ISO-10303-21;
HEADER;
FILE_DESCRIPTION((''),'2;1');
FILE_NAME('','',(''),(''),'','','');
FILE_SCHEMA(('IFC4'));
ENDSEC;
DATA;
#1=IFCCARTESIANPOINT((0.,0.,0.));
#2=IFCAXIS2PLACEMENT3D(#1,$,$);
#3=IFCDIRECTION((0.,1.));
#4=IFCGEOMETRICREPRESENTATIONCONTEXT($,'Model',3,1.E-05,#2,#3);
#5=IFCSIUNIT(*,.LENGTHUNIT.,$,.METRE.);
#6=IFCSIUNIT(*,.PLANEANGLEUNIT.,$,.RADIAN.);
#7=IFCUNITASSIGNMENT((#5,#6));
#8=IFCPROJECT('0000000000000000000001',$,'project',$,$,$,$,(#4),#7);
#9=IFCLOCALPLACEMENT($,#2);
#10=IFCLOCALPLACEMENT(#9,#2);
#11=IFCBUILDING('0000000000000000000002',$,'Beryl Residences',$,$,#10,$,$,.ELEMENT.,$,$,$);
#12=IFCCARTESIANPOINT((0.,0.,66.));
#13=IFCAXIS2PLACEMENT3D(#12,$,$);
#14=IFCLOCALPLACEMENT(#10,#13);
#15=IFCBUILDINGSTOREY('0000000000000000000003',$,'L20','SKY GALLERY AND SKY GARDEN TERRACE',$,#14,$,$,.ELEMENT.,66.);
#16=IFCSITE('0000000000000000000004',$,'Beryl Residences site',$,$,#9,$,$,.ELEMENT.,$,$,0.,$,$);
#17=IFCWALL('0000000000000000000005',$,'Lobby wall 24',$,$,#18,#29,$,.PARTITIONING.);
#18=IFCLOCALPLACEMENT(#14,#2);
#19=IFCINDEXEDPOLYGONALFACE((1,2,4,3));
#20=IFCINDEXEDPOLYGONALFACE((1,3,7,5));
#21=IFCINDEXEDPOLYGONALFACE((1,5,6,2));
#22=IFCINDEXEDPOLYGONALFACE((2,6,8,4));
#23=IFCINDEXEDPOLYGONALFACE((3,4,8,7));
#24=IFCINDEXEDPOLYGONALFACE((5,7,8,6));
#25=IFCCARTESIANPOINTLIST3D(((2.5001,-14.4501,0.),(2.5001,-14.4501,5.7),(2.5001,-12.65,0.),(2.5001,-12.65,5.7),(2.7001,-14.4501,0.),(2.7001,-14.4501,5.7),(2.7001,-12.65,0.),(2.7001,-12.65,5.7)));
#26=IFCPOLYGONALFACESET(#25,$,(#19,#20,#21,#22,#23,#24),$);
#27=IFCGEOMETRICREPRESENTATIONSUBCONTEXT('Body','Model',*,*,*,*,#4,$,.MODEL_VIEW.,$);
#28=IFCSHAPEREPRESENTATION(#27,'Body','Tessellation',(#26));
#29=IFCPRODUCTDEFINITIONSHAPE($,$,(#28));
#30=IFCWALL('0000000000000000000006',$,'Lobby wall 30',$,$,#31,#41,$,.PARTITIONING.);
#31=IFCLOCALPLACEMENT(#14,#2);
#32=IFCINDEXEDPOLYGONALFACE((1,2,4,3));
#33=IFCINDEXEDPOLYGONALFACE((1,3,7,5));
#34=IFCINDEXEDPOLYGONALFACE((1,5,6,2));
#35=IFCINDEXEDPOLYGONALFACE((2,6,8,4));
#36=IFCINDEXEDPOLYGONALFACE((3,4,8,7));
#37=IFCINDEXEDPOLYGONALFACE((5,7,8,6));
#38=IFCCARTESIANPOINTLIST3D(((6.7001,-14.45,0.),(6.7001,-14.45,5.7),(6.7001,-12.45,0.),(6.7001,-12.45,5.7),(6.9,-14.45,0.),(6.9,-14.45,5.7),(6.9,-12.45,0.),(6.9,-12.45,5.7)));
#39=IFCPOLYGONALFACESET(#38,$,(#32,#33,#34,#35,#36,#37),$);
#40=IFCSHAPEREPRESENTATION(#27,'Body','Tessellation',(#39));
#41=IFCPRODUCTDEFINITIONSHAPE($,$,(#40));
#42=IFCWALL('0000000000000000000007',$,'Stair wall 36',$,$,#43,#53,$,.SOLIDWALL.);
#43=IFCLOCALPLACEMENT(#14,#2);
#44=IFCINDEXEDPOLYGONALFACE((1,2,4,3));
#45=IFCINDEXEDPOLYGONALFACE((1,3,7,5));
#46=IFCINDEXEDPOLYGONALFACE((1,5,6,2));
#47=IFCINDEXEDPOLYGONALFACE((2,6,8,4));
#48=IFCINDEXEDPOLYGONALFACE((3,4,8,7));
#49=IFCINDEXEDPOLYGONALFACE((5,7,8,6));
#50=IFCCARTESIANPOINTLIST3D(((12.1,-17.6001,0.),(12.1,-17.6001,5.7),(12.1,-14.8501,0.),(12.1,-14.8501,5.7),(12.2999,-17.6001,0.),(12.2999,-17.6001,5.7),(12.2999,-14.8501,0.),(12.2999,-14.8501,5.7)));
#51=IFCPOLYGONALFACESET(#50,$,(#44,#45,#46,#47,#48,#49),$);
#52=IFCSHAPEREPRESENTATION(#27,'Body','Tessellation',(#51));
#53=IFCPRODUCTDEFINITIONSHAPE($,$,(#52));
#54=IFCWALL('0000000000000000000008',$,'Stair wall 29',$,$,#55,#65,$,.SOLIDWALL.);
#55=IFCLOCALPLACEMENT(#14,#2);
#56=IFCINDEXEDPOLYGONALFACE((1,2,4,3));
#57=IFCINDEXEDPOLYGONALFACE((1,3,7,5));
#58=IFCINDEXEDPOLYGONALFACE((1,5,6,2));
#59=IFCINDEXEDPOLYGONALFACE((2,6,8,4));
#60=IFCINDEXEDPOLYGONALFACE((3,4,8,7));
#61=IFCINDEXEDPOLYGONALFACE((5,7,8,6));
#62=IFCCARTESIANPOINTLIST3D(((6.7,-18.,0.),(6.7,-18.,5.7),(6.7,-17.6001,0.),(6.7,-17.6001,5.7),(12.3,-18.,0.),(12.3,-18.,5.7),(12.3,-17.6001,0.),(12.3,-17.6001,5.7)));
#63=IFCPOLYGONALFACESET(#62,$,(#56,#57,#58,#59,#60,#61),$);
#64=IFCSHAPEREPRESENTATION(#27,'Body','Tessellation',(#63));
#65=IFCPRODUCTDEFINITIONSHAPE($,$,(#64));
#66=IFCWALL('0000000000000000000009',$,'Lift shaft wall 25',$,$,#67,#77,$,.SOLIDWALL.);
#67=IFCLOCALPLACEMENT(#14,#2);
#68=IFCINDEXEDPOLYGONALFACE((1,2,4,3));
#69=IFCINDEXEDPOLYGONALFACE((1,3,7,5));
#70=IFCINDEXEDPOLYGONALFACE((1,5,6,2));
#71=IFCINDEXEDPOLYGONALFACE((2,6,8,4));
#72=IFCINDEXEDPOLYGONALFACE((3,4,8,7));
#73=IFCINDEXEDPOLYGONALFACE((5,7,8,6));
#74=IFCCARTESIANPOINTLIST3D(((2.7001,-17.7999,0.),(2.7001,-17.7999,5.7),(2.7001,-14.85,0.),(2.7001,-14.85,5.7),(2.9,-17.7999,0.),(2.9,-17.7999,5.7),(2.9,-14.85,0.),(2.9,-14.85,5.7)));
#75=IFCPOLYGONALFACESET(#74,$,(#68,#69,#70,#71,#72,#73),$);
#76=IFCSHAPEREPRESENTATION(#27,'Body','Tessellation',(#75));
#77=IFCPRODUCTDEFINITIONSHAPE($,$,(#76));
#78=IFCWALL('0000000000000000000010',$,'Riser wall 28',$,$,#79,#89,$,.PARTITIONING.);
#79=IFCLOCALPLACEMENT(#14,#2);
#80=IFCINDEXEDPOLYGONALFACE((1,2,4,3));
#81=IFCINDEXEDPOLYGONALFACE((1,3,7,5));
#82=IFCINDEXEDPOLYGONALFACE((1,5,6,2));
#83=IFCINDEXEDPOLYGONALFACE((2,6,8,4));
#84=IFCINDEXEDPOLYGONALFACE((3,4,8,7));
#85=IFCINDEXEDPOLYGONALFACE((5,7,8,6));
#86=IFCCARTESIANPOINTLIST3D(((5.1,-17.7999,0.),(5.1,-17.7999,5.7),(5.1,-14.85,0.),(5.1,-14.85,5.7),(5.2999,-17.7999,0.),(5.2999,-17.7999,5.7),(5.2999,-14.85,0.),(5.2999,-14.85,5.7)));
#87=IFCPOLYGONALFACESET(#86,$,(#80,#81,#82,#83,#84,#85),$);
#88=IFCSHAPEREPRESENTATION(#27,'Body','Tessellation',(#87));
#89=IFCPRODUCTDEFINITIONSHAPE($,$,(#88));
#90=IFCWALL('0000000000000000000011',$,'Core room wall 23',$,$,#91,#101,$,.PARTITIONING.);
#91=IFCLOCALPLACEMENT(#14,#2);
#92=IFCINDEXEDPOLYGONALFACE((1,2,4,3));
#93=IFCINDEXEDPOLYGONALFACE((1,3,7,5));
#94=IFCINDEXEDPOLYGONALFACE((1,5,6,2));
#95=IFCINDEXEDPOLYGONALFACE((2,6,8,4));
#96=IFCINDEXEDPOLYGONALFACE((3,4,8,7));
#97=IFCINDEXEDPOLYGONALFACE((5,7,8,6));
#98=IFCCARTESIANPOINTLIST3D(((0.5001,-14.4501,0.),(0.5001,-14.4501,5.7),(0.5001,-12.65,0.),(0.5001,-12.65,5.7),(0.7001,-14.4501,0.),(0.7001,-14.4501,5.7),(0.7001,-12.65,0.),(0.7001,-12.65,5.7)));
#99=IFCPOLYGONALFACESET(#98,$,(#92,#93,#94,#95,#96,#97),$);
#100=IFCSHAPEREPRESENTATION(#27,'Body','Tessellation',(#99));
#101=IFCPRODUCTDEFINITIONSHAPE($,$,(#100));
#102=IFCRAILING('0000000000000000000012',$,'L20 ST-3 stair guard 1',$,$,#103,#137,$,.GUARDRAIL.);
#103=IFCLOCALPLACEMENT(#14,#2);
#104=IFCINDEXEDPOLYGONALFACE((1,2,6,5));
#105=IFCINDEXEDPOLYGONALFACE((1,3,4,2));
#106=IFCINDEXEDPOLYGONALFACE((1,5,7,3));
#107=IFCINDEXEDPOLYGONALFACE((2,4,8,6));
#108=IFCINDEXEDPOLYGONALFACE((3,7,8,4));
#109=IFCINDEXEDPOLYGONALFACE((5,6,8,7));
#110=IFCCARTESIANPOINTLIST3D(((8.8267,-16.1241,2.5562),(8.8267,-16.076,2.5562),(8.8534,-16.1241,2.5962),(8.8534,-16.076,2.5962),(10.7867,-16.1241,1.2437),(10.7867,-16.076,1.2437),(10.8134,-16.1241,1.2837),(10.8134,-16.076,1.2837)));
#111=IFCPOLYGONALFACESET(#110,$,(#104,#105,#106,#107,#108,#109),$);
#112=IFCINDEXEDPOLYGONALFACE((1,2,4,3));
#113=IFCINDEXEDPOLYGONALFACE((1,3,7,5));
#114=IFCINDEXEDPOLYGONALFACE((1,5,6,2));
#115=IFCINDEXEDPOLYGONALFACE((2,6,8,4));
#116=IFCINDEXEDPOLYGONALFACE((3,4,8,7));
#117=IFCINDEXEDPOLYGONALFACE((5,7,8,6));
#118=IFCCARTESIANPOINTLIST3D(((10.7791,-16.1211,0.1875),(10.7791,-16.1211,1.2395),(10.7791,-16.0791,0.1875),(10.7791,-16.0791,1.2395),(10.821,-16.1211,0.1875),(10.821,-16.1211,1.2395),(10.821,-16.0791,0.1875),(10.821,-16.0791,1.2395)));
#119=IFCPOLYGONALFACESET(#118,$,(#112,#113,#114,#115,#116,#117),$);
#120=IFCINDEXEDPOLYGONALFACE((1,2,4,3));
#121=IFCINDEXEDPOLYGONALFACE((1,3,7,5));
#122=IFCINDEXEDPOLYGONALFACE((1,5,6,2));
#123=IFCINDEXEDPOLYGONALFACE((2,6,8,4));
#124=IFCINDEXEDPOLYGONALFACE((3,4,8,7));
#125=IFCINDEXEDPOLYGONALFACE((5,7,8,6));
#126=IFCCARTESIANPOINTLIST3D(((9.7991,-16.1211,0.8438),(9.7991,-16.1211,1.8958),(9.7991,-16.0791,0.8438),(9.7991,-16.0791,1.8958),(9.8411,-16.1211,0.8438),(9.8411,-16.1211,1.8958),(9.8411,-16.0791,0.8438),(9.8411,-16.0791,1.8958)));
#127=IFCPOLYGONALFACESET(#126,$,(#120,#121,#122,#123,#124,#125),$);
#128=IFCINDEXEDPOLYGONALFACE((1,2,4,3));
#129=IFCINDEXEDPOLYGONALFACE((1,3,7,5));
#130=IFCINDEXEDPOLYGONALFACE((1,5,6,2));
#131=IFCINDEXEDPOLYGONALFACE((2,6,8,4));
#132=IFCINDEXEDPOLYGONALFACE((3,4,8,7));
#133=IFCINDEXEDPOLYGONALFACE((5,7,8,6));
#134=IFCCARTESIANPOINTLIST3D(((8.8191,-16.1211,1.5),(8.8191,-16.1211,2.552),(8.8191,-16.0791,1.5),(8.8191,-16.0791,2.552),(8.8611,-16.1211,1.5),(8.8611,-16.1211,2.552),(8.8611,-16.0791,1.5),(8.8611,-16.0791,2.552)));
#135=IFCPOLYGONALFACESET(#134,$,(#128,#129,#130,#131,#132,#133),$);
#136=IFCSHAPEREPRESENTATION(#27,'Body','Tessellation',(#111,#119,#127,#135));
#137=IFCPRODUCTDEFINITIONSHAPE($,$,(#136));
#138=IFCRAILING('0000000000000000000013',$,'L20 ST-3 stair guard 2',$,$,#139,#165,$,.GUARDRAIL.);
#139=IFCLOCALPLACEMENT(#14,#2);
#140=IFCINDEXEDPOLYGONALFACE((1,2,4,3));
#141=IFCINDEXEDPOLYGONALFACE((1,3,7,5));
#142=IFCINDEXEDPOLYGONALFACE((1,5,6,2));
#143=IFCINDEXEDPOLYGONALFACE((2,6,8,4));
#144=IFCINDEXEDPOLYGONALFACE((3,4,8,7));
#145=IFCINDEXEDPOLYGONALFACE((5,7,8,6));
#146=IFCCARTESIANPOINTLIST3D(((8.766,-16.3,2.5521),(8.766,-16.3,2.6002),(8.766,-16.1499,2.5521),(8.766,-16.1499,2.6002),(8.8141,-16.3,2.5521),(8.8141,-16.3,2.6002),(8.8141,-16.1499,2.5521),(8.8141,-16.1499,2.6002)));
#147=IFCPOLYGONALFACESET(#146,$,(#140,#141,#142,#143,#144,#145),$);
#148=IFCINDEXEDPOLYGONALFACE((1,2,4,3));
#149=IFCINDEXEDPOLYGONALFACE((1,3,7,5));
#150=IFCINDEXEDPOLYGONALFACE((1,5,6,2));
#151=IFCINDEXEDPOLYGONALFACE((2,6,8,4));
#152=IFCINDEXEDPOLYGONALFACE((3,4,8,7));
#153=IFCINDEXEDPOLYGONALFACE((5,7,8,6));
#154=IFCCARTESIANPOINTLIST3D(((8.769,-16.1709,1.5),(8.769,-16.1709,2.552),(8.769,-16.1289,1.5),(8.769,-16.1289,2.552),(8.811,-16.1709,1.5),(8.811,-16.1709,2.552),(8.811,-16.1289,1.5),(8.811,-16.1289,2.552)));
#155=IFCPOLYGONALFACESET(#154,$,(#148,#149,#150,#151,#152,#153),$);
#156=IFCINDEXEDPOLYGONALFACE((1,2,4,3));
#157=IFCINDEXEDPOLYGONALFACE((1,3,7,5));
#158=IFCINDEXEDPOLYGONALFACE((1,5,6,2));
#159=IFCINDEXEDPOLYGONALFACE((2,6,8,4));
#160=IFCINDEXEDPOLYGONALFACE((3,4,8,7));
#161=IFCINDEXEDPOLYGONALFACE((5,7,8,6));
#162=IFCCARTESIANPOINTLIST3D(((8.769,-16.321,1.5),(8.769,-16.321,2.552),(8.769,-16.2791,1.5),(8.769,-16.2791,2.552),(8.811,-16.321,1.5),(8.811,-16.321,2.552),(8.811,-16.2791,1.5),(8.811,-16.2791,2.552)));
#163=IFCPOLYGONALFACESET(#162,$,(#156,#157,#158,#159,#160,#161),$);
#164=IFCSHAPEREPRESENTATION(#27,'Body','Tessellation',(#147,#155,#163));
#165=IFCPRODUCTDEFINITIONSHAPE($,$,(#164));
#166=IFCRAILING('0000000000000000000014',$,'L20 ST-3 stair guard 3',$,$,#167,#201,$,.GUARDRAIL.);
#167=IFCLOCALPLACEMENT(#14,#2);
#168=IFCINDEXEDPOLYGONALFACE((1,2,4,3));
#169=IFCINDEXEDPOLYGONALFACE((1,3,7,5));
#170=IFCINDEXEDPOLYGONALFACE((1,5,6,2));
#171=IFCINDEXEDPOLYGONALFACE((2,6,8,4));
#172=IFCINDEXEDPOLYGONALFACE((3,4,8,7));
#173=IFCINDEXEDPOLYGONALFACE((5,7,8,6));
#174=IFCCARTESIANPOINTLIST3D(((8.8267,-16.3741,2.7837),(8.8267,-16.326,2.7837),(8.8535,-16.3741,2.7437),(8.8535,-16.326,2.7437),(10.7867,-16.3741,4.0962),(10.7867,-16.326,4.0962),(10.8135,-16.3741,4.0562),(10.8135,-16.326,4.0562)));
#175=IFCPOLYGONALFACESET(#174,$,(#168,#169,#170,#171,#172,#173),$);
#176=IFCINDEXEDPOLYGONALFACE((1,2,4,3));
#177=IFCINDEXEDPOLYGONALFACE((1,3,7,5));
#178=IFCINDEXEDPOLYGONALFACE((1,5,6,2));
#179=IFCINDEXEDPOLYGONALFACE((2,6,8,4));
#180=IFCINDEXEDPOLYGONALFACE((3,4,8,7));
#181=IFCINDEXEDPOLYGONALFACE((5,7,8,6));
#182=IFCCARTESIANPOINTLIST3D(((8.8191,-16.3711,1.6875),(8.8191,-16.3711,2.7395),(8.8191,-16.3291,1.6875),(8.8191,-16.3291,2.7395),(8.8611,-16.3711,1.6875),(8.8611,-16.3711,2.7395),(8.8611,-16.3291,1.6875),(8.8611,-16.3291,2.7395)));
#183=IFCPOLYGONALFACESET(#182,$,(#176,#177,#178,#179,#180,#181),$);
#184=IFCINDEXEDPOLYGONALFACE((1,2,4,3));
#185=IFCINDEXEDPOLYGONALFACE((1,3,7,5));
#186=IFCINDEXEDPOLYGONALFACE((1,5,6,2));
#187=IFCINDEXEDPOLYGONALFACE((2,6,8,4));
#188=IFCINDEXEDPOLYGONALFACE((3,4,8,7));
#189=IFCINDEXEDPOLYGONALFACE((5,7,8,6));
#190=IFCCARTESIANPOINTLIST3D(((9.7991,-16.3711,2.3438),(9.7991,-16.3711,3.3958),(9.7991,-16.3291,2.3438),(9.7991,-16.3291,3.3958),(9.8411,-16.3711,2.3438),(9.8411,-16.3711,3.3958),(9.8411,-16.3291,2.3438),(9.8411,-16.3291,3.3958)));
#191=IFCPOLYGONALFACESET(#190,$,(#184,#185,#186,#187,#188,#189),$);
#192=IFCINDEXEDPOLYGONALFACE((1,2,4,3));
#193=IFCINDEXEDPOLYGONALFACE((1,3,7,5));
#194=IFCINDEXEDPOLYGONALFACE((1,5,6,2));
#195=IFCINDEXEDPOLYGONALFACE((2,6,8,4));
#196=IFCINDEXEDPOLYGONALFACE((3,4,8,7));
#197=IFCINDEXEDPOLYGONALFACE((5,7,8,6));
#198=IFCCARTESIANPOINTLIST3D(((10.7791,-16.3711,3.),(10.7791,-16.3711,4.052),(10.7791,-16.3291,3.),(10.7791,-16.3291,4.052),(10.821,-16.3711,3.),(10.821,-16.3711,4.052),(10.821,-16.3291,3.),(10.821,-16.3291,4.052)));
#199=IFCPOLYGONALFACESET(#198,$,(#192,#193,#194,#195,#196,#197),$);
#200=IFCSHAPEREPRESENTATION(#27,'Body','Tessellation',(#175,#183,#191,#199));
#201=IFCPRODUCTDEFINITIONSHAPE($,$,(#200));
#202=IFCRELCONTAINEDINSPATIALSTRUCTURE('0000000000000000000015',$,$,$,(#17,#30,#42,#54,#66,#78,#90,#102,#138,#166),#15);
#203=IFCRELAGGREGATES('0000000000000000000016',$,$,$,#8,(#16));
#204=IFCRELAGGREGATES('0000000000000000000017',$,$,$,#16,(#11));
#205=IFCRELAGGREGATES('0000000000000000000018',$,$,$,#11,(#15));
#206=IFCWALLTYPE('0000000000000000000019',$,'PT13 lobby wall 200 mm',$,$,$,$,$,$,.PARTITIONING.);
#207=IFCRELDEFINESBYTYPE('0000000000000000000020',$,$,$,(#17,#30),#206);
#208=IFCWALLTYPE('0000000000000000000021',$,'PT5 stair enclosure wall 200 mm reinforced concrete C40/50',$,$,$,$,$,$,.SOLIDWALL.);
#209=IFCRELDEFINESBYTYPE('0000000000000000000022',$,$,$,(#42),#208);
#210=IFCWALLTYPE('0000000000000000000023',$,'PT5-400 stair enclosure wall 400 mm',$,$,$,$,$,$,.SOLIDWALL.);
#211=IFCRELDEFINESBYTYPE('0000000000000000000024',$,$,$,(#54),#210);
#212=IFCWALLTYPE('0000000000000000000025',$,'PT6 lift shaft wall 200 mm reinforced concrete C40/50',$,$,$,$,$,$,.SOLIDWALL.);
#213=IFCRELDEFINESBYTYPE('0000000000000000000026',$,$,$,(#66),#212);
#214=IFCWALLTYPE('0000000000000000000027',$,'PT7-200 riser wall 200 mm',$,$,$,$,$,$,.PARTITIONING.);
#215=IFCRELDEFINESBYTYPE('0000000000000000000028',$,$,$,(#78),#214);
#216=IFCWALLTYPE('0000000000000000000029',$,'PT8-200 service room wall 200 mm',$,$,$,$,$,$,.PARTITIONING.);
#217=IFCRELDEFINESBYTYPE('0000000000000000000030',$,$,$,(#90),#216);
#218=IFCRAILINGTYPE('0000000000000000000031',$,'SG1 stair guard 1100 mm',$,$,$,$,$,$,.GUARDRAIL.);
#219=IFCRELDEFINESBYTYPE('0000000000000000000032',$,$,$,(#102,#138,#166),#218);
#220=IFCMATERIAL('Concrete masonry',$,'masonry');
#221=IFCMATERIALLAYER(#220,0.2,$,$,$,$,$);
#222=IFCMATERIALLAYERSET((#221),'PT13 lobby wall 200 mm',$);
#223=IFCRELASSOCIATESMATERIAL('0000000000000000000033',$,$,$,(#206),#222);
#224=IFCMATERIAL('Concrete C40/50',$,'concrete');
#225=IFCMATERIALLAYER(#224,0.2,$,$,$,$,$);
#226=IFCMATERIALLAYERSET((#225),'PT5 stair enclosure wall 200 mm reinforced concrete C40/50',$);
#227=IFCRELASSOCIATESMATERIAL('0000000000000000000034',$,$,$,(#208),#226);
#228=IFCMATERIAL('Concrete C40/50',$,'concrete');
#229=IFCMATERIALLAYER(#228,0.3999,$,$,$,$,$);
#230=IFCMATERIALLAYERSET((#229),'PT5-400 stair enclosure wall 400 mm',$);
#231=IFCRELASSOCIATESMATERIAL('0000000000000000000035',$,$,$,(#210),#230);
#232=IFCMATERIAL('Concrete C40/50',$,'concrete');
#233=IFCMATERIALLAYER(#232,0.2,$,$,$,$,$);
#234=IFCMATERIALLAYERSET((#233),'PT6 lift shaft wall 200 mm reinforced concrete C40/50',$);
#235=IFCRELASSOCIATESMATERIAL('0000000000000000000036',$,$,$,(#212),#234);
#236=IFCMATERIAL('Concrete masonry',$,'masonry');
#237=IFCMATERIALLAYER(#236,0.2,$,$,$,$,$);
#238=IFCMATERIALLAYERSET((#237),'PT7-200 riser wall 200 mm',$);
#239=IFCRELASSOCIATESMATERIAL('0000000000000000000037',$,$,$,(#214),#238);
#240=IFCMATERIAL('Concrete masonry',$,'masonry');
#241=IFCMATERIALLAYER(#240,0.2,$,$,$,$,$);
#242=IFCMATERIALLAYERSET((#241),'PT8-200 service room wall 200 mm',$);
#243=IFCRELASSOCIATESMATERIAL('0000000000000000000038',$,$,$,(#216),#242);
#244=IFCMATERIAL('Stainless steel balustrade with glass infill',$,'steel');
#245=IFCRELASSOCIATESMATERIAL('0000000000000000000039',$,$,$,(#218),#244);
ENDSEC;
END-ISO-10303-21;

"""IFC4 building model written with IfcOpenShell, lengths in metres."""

from ifc_helpers import new_model, si_unit, direction, frame, frame_2d, origin, origin_2d, place, context, subcontext, project, spatial, rectangle, extrude, material, layer, layer_set, type_object, element, save


model = new_model("IFC4")

# Units and contexts
model_context = context("Model", 3, precision=1e-05, world=origin(), true_north=direction((0.0, 1.0)))
body_context = subcontext(model_context, "Body", "Model", "MODEL_VIEW")
ifc_project = project(units=[si_unit("LENGTHUNIT", "METRE"), si_unit("PLANEANGLEUNIT", "RADIAN")], contexts=[model_context])

# Site, building, storey
site_placement = place(None, origin())
site = spatial("IfcSite", under=ifc_project, at=site_placement, Name="Beryl Residences site", CompositionType="ELEMENT", RefElevation=0.0)
building_placement = place(site_placement, origin())
building = spatial("IfcBuilding", under=site, at=building_placement, Name="Beryl Residences", CompositionType="ELEMENT")
storey_placement = place(building_placement, frame((0.0, 0.0, 66.0)))
storey = spatial("IfcBuildingStorey", under=building, at=storey_placement, Name="L20", Description="SKY GALLERY AND SKY GARDEN TERRACE", CompositionType="ELEMENT", Elevation=66.0)

# Walls
ifc_material_1 = material(Name="Concrete masonry", Category="masonry")
ifc_layer_1 = layer(ifc_material_1, 0.2)
ifc_layer_set_1 = layer_set([ifc_layer_1], Name="PT13 lobby wall 200 mm")
wall_type_1 = type_object("IfcWallType", Name="PT13 lobby wall 200 mm", PredefinedType="PARTITIONING", material=ifc_layer_set_1)
wall_1_placement = place(storey_placement, frame((2.6001, -14.45, 0.0), z_axis=(0.0, 0.0, 1.0), x_axis=(0.0, 1.0, 0.0)))
element("IfcWall", 1, at=wall_1_placement, inside=storey, type_object=wall_type_1, Name="Lobby wall 24", PredefinedType="PARTITIONING", context=body_context, shape_type="SweptSolid", body=[
    extrude(rectangle(XDim=1.8, YDim=0.2, at=frame_2d((0.8999, 0.0))), origin(), (0.0, 0.0, 1.0), 5.7),
])
wall_2_placement = place(storey_placement, frame((6.8, -14.45, 0.0), z_axis=(0.0, 0.0, 1.0), x_axis=(0.0, 1.0, 0.0)))
element("IfcWall", 2, at=wall_2_placement, inside=storey, type_object=wall_type_1, Name="Lobby wall 30", PredefinedType="PARTITIONING", context=body_context, shape_type="SweptSolid", body=[
    extrude(rectangle(XDim=2.0, YDim=0.2, at=frame_2d((1.0, 0.0))), origin(), (0.0, 0.0, 1.0), 5.7),
])
ifc_material_2 = material(Name="Concrete C40/50", Category="concrete")
ifc_layer_2 = layer(ifc_material_2, 0.2)
ifc_layer_set_2 = layer_set([ifc_layer_2], Name="PT5 stair enclosure wall 200 mm reinforced concrete C40/50")
wall_type_2 = type_object("IfcWallType", Name="PT5 stair enclosure wall 200 mm reinforced concrete C40/50", PredefinedType="SOLIDWALL", material=ifc_layer_set_2)
wall_3_placement = place(storey_placement, frame((12.2, -17.6001, 0.0), z_axis=(0.0, 0.0, 1.0), x_axis=(0.0, 1.0, 0.0)))
element("IfcWall", 3, at=wall_3_placement, inside=storey, type_object=wall_type_2, Name="Stair wall 36", PredefinedType="SOLIDWALL", context=body_context, shape_type="SweptSolid", body=[
    extrude(rectangle(XDim=2.75, YDim=0.2, at=frame_2d((1.375, 0.0))), origin(), (0.0, 0.0, 1.0), 5.7),
])
ifc_material_3 = material(Name="Concrete C40/50", Category="concrete")
ifc_layer_3 = layer(ifc_material_3, 0.3999)
ifc_layer_set_3 = layer_set([ifc_layer_3], Name="PT5-400 stair enclosure wall 400 mm")
wall_type_3 = type_object("IfcWallType", Name="PT5-400 stair enclosure wall 400 mm", PredefinedType="SOLIDWALL", material=ifc_layer_set_3)
wall_4_placement = place(storey_placement, frame((6.7, -17.8, 0.0), z_axis=(0.0, 0.0, 1.0), x_axis=(1.0, 0.0, 0.0)))
element("IfcWall", 4, at=wall_4_placement, inside=storey, type_object=wall_type_3, Name="Stair wall 29", PredefinedType="SOLIDWALL", context=body_context, shape_type="SweptSolid", body=[
    extrude(rectangle(XDim=5.6001, YDim=0.3999, at=frame_2d((2.8, 0.0))), origin(), (0.0, 0.0, 1.0), 5.7),
])
ifc_material_4 = material(Name="Concrete C40/50", Category="concrete")
ifc_layer_4 = layer(ifc_material_4, 0.2)
ifc_layer_set_4 = layer_set([ifc_layer_4], Name="PT6 lift shaft wall 200 mm reinforced concrete C40/50")
wall_type_4 = type_object("IfcWallType", Name="PT6 lift shaft wall 200 mm reinforced concrete C40/50", PredefinedType="SOLIDWALL", material=ifc_layer_set_4)
wall_5_placement = place(storey_placement, frame((2.8, -17.8, 0.0), z_axis=(0.0, 0.0, 1.0), x_axis=(0.0, 1.0, 0.0)))
element("IfcWall", 5, at=wall_5_placement, inside=storey, type_object=wall_type_4, Name="Lift shaft wall 25", PredefinedType="SOLIDWALL", context=body_context, shape_type="SweptSolid", body=[
    extrude(rectangle(XDim=2.95, YDim=0.2, at=frame_2d((1.4751, 0.0))), origin(), (0.0, 0.0, 1.0), 5.7),
])
ifc_material_5 = material(Name="Concrete masonry", Category="masonry")
ifc_layer_5 = layer(ifc_material_5, 0.2)
ifc_layer_set_5 = layer_set([ifc_layer_5], Name="PT7-200 riser wall 200 mm")
wall_type_5 = type_object("IfcWallType", Name="PT7-200 riser wall 200 mm", PredefinedType="PARTITIONING", material=ifc_layer_set_5)
wall_6_placement = place(storey_placement, frame((5.2, -17.8, 0.0), z_axis=(0.0, 0.0, 1.0), x_axis=(0.0, 1.0, 0.0)))
element("IfcWall", 6, at=wall_6_placement, inside=storey, type_object=wall_type_5, Name="Riser wall 28", PredefinedType="PARTITIONING", context=body_context, shape_type="SweptSolid", body=[
    extrude(rectangle(XDim=2.95, YDim=0.2, at=frame_2d((1.4751, 0.0))), origin(), (0.0, 0.0, 1.0), 5.7),
])
ifc_material_6 = material(Name="Concrete masonry", Category="masonry")
ifc_layer_6 = layer(ifc_material_6, 0.2)
ifc_layer_set_6 = layer_set([ifc_layer_6], Name="PT8-200 service room wall 200 mm")
wall_type_6 = type_object("IfcWallType", Name="PT8-200 service room wall 200 mm", PredefinedType="PARTITIONING", material=ifc_layer_set_6)
wall_7_placement = place(storey_placement, frame((0.6001, -14.45, 0.0), z_axis=(0.0, 0.0, 1.0), x_axis=(0.0, 1.0, 0.0)))
element("IfcWall", 7, at=wall_7_placement, inside=storey, type_object=wall_type_6, Name="Core room wall 23", PredefinedType="PARTITIONING", context=body_context, shape_type="SweptSolid", body=[
    extrude(rectangle(XDim=1.8, YDim=0.2, at=frame_2d((0.8999, 0.0))), origin(), (0.0, 0.0, 1.0), 5.7),
])

# Railings
ifc_material_7 = material(Name="Stainless steel balustrade with glass infill", Category="steel")
railing_type_1 = type_object("IfcRailingType", Name="SG1 stair guard 1100 mm", PredefinedType="GUARDRAIL", material=ifc_material_7)
railing_1_placement = place(storey_placement, frame((10.8, -16.1001, 0.1875)))
element("IfcRailing", 8, at=railing_1_placement, inside=storey, type_object=railing_type_1, Name="L20 ST-3 stair guard 1", PredefinedType="GUARDRAIL", context=body_context, shape_type="SweptSolid", body=[
    extrude(rectangle(XDim=0.0481, YDim=0.0481, at=origin_2d()), frame((0.0, 0.0, 1.0762), z_axis=(-0.830902, 0.0, 0.556419), x_axis=(0.0, -1.0, 0.0)), (0.0, 0.0, 1.0), 2.3589),
    extrude(rectangle(XDim=0.042, YDim=0.042, at=origin_2d()), origin(), (0.0, 0.0, 1.0), 1.052),
    extrude(rectangle(XDim=0.042, YDim=0.042, at=origin_2d()), frame((-0.98, 0.0, 0.6562)), (0.0, 0.0, 1.0), 1.052),
    extrude(rectangle(XDim=0.042, YDim=0.042, at=origin_2d()), frame((-1.96, 0.0, 1.3125)), (0.0, 0.0, 1.0), 1.052),
])
railing_2_placement = place(storey_placement, frame((8.79, -16.1499, 1.5)))
element("IfcRailing", 9, at=railing_2_placement, inside=storey, type_object=railing_type_1, Name="L20 ST-3 stair guard 2", PredefinedType="GUARDRAIL", context=body_context, shape_type="SweptSolid", body=[
    extrude(rectangle(XDim=0.0481, YDim=0.0481, at=origin_2d()), frame((0.0, 0.0, 1.0762), z_axis=(0.0, -1.0, 0.0), x_axis=(1.0, 0.0, 0.0)), (0.0, 0.0, 1.0), 0.1501),
    extrude(rectangle(XDim=0.042, YDim=0.042, at=origin_2d()), origin(), (0.0, 0.0, 1.0), 1.052),
    extrude(rectangle(XDim=0.042, YDim=0.042, at=origin_2d()), frame((0.0, -0.1501, 0.0)), (0.0, 0.0, 1.0), 1.052),
])
railing_3_placement = place(storey_placement, frame((8.8401, -16.3501, 1.6875)))
element("IfcRailing", 10, at=railing_3_placement, inside=storey, type_object=railing_type_1, Name="L20 ST-3 stair guard 3", PredefinedType="GUARDRAIL", context=body_context, shape_type="SweptSolid", body=[
    extrude(rectangle(XDim=0.0481, YDim=0.0481, at=origin_2d()), frame((0.0, 0.0, 1.0762), z_axis=(0.830902, 0.0, 0.556419), x_axis=(0.0, 1.0, 0.0)), (0.0, 0.0, 1.0), 2.3589),
    extrude(rectangle(XDim=0.042, YDim=0.042, at=origin_2d()), origin(), (0.0, 0.0, 1.0), 1.052),
    extrude(rectangle(XDim=0.042, YDim=0.042, at=origin_2d()), frame((0.98, 0.0, 0.6562)), (0.0, 0.0, 1.0), 1.052),
    extrude(rectangle(XDim=0.042, YDim=0.042, at=origin_2d()), frame((1.96, 0.0, 1.3125)), (0.0, 0.0, 1.0), 1.052),
])

save(model, "model.ifc")
